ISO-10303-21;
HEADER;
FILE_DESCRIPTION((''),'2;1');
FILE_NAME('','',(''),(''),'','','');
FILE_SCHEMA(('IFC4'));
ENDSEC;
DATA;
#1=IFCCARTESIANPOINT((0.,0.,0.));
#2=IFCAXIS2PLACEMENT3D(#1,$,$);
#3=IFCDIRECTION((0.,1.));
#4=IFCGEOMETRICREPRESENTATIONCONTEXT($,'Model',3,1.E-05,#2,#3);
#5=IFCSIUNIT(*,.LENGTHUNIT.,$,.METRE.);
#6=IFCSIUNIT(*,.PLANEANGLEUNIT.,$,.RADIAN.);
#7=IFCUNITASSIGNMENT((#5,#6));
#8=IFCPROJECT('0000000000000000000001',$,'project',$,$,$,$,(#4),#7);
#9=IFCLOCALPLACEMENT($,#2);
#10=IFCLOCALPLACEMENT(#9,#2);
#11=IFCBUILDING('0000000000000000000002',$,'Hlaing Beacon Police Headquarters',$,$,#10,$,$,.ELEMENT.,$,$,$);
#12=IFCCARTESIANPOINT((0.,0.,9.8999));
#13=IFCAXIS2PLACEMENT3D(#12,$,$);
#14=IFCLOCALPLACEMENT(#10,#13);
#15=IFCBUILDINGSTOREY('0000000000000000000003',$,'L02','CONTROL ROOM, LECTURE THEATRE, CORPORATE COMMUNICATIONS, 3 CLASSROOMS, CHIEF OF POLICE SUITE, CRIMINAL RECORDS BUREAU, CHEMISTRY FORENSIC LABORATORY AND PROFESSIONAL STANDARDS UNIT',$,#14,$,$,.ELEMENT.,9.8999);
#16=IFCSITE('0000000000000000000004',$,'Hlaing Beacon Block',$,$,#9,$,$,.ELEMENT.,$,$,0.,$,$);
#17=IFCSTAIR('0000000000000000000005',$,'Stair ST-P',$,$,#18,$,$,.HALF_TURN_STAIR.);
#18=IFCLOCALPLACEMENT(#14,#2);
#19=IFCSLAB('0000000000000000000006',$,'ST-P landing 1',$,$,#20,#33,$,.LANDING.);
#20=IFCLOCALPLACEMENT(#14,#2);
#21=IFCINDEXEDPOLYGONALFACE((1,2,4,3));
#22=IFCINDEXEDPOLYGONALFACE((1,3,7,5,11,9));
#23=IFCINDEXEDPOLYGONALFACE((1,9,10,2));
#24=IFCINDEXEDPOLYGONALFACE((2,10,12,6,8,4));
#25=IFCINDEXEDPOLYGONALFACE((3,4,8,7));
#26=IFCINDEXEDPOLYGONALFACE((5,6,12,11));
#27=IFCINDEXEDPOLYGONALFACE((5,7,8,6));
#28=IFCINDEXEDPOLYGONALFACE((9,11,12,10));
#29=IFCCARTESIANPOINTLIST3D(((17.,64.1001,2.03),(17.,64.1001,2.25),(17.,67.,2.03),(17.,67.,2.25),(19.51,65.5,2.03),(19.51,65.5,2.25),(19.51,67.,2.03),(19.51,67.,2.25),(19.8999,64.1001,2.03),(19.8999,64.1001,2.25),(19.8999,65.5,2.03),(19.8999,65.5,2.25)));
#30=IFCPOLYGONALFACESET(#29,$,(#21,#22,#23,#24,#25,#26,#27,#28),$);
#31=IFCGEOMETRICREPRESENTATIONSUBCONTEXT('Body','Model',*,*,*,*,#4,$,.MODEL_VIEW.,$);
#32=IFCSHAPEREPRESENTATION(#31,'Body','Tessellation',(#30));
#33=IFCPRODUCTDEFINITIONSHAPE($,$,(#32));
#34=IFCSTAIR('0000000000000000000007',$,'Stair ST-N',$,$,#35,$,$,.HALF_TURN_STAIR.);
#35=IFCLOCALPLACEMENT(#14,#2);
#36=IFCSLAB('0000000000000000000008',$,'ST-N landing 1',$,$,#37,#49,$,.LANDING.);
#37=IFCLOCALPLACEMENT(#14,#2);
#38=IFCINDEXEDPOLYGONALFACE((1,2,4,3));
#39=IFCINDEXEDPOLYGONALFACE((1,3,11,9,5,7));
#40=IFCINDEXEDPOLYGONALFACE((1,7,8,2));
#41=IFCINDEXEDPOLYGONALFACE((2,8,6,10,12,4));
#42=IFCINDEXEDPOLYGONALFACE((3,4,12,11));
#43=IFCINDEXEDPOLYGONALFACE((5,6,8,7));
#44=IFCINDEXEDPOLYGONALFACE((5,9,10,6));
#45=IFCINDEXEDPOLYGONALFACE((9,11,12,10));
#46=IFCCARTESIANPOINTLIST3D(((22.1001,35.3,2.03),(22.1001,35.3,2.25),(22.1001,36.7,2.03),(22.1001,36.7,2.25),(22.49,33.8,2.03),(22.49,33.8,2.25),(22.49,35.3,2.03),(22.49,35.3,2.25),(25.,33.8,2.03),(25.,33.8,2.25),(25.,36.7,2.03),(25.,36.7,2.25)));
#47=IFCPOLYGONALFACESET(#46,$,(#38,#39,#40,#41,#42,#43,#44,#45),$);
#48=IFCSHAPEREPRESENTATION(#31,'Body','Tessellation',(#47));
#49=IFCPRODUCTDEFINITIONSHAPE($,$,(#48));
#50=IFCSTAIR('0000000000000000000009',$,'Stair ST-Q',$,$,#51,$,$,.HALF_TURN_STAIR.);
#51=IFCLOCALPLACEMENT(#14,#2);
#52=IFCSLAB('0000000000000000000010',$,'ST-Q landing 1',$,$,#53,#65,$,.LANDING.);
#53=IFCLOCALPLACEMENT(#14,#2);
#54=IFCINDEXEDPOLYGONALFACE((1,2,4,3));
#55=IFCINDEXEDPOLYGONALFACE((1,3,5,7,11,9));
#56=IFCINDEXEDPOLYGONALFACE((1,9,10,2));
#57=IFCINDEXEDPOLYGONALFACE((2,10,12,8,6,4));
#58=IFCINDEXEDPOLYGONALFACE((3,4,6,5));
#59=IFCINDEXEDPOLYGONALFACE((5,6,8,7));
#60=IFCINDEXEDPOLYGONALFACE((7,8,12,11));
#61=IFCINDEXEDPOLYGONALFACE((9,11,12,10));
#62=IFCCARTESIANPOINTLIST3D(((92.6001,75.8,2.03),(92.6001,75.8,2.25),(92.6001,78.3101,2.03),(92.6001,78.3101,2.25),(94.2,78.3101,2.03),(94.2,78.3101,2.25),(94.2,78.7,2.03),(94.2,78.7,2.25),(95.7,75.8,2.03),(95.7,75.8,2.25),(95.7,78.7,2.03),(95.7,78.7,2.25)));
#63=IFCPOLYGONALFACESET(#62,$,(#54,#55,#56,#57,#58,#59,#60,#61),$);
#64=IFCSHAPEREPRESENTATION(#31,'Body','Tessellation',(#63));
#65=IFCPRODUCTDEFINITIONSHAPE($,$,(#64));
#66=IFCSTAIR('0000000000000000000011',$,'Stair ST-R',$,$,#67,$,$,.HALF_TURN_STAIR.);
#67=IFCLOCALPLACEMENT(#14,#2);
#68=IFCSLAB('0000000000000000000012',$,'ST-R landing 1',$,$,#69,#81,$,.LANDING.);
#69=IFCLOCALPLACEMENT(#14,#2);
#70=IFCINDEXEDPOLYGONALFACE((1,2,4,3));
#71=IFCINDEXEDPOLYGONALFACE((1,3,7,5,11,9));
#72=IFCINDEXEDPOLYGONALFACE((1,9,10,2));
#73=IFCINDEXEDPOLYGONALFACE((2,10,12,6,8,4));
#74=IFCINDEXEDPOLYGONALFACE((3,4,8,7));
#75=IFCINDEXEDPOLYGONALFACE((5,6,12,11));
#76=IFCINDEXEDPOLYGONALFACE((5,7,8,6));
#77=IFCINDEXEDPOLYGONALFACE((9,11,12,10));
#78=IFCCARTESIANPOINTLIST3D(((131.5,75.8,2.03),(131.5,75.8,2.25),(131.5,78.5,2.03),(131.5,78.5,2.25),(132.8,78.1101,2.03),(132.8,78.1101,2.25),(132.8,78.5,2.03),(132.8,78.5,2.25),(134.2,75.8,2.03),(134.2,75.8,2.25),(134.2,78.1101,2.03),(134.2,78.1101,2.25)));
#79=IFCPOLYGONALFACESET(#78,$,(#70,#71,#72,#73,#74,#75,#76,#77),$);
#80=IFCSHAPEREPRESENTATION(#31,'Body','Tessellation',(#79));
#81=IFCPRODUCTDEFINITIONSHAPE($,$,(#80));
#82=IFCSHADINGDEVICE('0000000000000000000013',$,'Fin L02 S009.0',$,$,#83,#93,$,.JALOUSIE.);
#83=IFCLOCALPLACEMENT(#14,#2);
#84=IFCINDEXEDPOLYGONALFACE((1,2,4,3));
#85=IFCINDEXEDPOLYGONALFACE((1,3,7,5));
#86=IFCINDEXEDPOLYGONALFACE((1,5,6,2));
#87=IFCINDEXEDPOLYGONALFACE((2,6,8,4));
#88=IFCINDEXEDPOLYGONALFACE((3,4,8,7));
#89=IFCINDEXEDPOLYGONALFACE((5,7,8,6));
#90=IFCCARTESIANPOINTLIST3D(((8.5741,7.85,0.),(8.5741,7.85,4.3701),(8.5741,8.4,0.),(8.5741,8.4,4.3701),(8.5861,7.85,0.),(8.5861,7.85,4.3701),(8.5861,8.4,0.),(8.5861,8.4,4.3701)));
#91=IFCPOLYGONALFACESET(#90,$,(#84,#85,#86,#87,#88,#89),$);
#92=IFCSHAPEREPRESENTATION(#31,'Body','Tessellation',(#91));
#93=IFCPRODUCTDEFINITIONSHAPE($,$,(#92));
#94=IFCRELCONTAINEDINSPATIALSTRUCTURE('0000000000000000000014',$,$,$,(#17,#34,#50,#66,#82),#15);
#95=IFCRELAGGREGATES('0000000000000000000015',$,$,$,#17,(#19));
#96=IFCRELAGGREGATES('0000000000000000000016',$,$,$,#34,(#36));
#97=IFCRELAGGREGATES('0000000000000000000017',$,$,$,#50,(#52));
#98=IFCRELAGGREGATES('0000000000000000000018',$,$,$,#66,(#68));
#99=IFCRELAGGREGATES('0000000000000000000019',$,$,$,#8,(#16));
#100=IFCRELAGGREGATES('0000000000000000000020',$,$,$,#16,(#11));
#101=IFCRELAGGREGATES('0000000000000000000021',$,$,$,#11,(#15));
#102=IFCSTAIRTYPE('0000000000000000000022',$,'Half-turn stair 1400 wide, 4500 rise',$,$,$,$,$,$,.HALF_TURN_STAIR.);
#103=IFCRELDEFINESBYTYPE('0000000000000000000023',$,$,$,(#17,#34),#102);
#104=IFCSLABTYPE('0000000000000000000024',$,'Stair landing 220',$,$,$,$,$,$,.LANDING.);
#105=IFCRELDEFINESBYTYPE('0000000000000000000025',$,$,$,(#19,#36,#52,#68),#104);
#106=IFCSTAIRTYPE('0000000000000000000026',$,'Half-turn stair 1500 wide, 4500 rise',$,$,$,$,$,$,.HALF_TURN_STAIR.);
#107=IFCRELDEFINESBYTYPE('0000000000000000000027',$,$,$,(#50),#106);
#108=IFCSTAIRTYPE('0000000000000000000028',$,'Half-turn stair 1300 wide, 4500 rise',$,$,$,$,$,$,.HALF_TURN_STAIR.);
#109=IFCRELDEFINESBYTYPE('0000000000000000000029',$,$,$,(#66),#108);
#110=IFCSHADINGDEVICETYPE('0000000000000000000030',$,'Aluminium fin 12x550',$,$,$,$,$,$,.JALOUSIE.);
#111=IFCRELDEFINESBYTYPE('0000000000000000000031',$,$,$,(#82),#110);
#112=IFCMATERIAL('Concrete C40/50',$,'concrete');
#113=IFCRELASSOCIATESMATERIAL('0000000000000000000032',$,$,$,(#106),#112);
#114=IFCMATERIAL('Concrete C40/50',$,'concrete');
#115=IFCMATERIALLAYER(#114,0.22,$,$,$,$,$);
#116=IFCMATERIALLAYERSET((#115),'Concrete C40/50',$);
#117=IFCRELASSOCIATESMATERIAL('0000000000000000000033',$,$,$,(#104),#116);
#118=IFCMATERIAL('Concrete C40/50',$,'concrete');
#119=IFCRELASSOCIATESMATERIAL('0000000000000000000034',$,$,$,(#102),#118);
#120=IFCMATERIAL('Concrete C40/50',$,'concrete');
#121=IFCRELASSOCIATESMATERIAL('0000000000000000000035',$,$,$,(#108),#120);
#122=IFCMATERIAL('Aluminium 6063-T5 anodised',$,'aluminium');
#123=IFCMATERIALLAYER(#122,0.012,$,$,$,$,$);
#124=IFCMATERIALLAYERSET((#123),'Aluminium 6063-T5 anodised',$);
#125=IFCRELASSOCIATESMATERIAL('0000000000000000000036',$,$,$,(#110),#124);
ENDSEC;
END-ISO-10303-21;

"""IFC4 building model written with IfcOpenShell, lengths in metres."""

from ifc_helpers import new_model, si_unit, direction, frame, origin, origin_2d, place, context, subcontext, project, spatial, polyline, rectangle, outline, extrude, material, layer, layer_set, type_object, element, aggregate, save


model = new_model("IFC4")

# Units and contexts
model_context = context("Model", 3, precision=1e-05, world=origin(), true_north=direction((0.0, 1.0)))
body_context = subcontext(model_context, "Body", "Model", "MODEL_VIEW")
ifc_project = project(units=[si_unit("LENGTHUNIT", "METRE"), si_unit("PLANEANGLEUNIT", "RADIAN")], contexts=[model_context])

# Site, building, storey
site_placement = place(None, origin())
site = spatial("IfcSite", under=ifc_project, at=site_placement, Name="Hlaing Beacon Block", CompositionType="ELEMENT", RefElevation=0.0)
building_placement = place(site_placement, origin())
building = spatial("IfcBuilding", under=site, at=building_placement, Name="Hlaing Beacon Police Headquarters", CompositionType="ELEMENT")
storey_placement = place(building_placement, frame((0.0, 0.0, 9.8999)))
storey = spatial("IfcBuildingStorey", under=building, at=storey_placement, Name="L02", Description="CONTROL ROOM, LECTURE THEATRE, CORPORATE COMMUNICATIONS, 3 CLASSROOMS, CHIEF OF POLICE SUITE, CRIMINAL RECORDS BUREAU, CHEMISTRY FORENSIC LABORATORY AND PROFESSIONAL STANDARDS UNIT", CompositionType="ELEMENT", Elevation=9.8999)

# Stairs, slabs
ifc_material_1 = material(Name="Concrete C40/50", Category="concrete")
stair_type_1 = type_object("IfcStairType", Name="Half-turn stair 1500 wide, 4500 rise", PredefinedType="HALF_TURN_STAIR", material=ifc_material_1)
ifc_material_2 = material(Name="Concrete C40/50", Category="concrete")
ifc_layer_1 = layer(ifc_material_2, 0.22)
ifc_layer_set_1 = layer_set([ifc_layer_1], Name="Concrete C40/50")
slab_type_1 = type_object("IfcSlabType", Name="Stair landing 220", PredefinedType="LANDING", material=ifc_layer_set_1)
ifc_material_3 = material(Name="Concrete C40/50", Category="concrete")
stair_type_2 = type_object("IfcStairType", Name="Half-turn stair 1400 wide, 4500 rise", PredefinedType="HALF_TURN_STAIR", material=ifc_material_3)
stair_1_placement = place(storey_placement, origin())
stair_1 = element("IfcStair", 1, at=stair_1_placement, inside=storey, type_object=stair_type_2, Name="Stair ST-P", PredefinedType="HALF_TURN_STAIR")
slab_1_placement = place(storey_placement, frame((0.0, 0.0, 2.03)))
slab_1 = element("IfcSlab", 2, at=slab_1_placement, type_object=slab_type_1, Name="ST-P landing 1", PredefinedType="LANDING", context=body_context, shape_type="SweptSolid", body=[
    extrude(outline(polyline([(19.51, 67.0), (17.0, 67.0), (17.0, 64.1001), (19.8999, 64.1001), (19.8999, 65.5), (19.51, 65.5), (19.51, 67.0)])), origin(), (0.0, 0.0, 1.0), 0.22),
])
aggregate(stair_1, [slab_1])
stair_2_placement = place(storey_placement, origin())
stair_2 = element("IfcStair", 3, at=stair_2_placement, inside=storey, type_object=stair_type_2, Name="Stair ST-N", PredefinedType="HALF_TURN_STAIR")
slab_2_placement = place(storey_placement, frame((0.0, 0.0, 2.03)))
slab_2 = element("IfcSlab", 4, at=slab_2_placement, type_object=slab_type_1, Name="ST-N landing 1", PredefinedType="LANDING", context=body_context, shape_type="SweptSolid", body=[
    extrude(outline(polyline([(22.49, 33.8), (25.0, 33.8), (25.0, 36.7), (22.1001, 36.7), (22.1001, 35.3), (22.49, 35.3), (22.49, 33.8)])), origin(), (0.0, 0.0, 1.0), 0.22),
])
aggregate(stair_2, [slab_2])
stair_3_placement = place(storey_placement, origin())
stair_3 = element("IfcStair", 5, at=stair_3_placement, inside=storey, type_object=stair_type_1, Name="Stair ST-Q", PredefinedType="HALF_TURN_STAIR")
slab_3_placement = place(storey_placement, frame((0.0, 0.0, 2.03)))
slab_3 = element("IfcSlab", 6, at=slab_3_placement, type_object=slab_type_1, Name="ST-Q landing 1", PredefinedType="LANDING", context=body_context, shape_type="SweptSolid", body=[
    extrude(outline(polyline([(92.6001, 78.3101), (92.6001, 75.8), (95.7, 75.8), (95.7, 78.7), (94.2, 78.7), (94.2, 78.3101), (92.6001, 78.3101)])), origin(), (0.0, 0.0, 1.0), 0.22),
])
aggregate(stair_3, [slab_3])
ifc_material_4 = material(Name="Concrete C40/50", Category="concrete")
stair_type_3 = type_object("IfcStairType", Name="Half-turn stair 1300 wide, 4500 rise", PredefinedType="HALF_TURN_STAIR", material=ifc_material_4)
stair_4_placement = place(storey_placement, origin())
stair_4 = element("IfcStair", 7, at=stair_4_placement, inside=storey, type_object=stair_type_3, Name="Stair ST-R", PredefinedType="HALF_TURN_STAIR")
slab_4_placement = place(storey_placement, frame((0.0, 0.0, 2.03)))
slab_4 = element("IfcSlab", 8, at=slab_4_placement, type_object=slab_type_1, Name="ST-R landing 1", PredefinedType="LANDING", context=body_context, shape_type="SweptSolid", body=[
    extrude(outline(polyline([(134.2, 78.1101), (134.2, 75.8), (131.5, 75.8), (131.5, 78.5), (132.8, 78.5), (132.8, 78.1101), (134.2, 78.1101)])), origin(), (0.0, 0.0, 1.0), 0.22),
])
aggregate(stair_4, [slab_4])

# Shading device
ifc_material_5 = material(Name="Aluminium 6063-T5 anodised", Category="aluminium")
ifc_layer_2 = layer(ifc_material_5, 0.012)
ifc_layer_set_2 = layer_set([ifc_layer_2], Name="Aluminium 6063-T5 anodised")
shading_device_type = type_object("IfcShadingDeviceType", Name="Aluminium fin 12x550", PredefinedType="JALOUSIE", material=ifc_layer_set_2)
shading_device_placement = place(storey_placement, frame((8.5801, 8.125, 0.0), z_axis=(0.0, 0.0, 1.0), x_axis=(1.0, 0.0, 0.0)))
element("IfcShadingDevice", 9, at=shading_device_placement, inside=storey, type_object=shading_device_type, Name="Fin L02 S009.0", PredefinedType="JALOUSIE", context=body_context, shape_type="SweptSolid", body=[
    extrude(rectangle(XDim=0.012, YDim=0.55, at=origin_2d()), origin(), (0.0, 0.0, 1.0), 4.3701),
])

save(model, "model.ifc")
